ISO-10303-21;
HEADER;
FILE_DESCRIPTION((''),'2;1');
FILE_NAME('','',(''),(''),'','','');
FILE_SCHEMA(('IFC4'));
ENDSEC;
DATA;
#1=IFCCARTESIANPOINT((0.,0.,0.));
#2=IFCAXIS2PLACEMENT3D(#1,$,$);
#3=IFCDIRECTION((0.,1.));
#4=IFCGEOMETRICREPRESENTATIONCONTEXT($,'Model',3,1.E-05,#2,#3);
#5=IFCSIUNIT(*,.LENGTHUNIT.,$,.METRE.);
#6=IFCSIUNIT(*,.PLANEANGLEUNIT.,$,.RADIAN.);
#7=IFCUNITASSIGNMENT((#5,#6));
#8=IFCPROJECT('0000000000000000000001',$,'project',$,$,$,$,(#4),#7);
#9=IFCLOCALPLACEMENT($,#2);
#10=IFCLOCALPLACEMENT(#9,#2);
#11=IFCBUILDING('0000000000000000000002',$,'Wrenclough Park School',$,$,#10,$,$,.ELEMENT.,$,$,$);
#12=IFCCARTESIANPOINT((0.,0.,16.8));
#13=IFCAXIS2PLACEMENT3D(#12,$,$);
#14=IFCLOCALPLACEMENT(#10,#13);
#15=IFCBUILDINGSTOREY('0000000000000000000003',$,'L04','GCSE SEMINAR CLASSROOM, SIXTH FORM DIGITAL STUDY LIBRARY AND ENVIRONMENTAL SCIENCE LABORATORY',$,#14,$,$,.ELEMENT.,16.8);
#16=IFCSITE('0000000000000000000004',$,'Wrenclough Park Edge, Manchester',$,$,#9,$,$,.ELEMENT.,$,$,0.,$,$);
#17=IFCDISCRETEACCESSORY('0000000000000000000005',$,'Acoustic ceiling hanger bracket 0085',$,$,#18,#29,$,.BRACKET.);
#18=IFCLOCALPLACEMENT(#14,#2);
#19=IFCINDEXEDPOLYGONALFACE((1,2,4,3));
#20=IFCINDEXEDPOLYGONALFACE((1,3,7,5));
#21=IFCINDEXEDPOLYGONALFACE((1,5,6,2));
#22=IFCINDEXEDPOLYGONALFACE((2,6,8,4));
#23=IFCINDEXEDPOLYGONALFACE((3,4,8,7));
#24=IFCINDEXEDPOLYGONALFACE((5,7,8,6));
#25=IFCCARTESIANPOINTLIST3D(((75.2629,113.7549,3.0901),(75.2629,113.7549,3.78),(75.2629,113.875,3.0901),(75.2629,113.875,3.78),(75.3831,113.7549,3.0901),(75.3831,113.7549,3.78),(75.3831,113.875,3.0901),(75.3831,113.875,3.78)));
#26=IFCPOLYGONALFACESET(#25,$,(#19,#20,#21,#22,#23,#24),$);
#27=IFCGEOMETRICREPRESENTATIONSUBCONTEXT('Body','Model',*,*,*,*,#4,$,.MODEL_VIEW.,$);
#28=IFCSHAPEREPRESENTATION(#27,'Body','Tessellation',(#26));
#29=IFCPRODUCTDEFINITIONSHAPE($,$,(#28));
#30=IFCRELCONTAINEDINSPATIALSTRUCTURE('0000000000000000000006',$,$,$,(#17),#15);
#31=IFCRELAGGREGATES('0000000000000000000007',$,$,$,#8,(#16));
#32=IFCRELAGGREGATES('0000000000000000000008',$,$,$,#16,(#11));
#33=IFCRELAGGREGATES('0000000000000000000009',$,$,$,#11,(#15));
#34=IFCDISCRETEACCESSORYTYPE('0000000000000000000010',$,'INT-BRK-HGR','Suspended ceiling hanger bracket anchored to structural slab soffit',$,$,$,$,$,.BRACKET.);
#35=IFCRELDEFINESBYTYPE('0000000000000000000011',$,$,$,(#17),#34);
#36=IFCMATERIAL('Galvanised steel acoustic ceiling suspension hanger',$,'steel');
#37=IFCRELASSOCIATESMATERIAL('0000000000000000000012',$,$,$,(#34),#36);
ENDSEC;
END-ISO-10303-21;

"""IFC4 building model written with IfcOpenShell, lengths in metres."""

from ifc_helpers import new_model, si_unit, direction, frame, origin, origin_2d, place, context, subcontext, project, spatial, rectangle, extrude, material, type_object, element, save


model = new_model("IFC4")

# Units and contexts
model_context = context("Model", 3, precision=1e-05, world=origin(), true_north=direction((0.0, 1.0)))
body_context = subcontext(model_context, "Body", "Model", "MODEL_VIEW")
ifc_project = project(units=[si_unit("LENGTHUNIT", "METRE"), si_unit("PLANEANGLEUNIT", "RADIAN")], contexts=[model_context])

# Site, building, storey
site_placement = place(None, origin())
site = spatial("IfcSite", under=ifc_project, at=site_placement, Name="Wrenclough Park Edge, Manchester", CompositionType="ELEMENT", RefElevation=0.0)
building_placement = place(site_placement, origin())
building = spatial("IfcBuilding", under=site, at=building_placement, Name="Wrenclough Park School", CompositionType="ELEMENT")
storey_placement = place(building_placement, frame((0.0, 0.0, 16.8)))
storey = spatial("IfcBuildingStorey", under=building, at=storey_placement, Name="L04", Description="GCSE SEMINAR CLASSROOM, SIXTH FORM DIGITAL STUDY LIBRARY AND ENVIRONMENTAL SCIENCE LABORATORY", CompositionType="ELEMENT", Elevation=16.8)

# Discrete accessory
ifc_material_1 = material(Name="Galvanised steel acoustic ceiling suspension hanger", Category="steel")
discrete_accessory_type_1 = type_object("IfcDiscreteAccessoryType", Name="INT-BRK-HGR", Description="Suspended ceiling hanger bracket anchored to structural slab soffit", PredefinedType="BRACKET", material=ifc_material_1)
discrete_accessory_placement = place(storey_placement, frame((75.323, 113.8149, 3.0901), z_axis=(0.0, 0.0, 1.0), x_axis=(1.0, 0.0, 0.0)))
element("IfcDiscreteAccessory", 1, at=discrete_accessory_placement, inside=storey, type_object=discrete_accessory_type_1, Name="Acoustic ceiling hanger bracket 0085", PredefinedType="BRACKET", context=body_context, shape_type="SweptSolid", body=[
    extrude(rectangle(XDim=0.1201, YDim=0.1201, at=origin_2d()), origin(), (0.0, 0.0, 1.0), 0.6899),
])

save(model, "model.ifc")
